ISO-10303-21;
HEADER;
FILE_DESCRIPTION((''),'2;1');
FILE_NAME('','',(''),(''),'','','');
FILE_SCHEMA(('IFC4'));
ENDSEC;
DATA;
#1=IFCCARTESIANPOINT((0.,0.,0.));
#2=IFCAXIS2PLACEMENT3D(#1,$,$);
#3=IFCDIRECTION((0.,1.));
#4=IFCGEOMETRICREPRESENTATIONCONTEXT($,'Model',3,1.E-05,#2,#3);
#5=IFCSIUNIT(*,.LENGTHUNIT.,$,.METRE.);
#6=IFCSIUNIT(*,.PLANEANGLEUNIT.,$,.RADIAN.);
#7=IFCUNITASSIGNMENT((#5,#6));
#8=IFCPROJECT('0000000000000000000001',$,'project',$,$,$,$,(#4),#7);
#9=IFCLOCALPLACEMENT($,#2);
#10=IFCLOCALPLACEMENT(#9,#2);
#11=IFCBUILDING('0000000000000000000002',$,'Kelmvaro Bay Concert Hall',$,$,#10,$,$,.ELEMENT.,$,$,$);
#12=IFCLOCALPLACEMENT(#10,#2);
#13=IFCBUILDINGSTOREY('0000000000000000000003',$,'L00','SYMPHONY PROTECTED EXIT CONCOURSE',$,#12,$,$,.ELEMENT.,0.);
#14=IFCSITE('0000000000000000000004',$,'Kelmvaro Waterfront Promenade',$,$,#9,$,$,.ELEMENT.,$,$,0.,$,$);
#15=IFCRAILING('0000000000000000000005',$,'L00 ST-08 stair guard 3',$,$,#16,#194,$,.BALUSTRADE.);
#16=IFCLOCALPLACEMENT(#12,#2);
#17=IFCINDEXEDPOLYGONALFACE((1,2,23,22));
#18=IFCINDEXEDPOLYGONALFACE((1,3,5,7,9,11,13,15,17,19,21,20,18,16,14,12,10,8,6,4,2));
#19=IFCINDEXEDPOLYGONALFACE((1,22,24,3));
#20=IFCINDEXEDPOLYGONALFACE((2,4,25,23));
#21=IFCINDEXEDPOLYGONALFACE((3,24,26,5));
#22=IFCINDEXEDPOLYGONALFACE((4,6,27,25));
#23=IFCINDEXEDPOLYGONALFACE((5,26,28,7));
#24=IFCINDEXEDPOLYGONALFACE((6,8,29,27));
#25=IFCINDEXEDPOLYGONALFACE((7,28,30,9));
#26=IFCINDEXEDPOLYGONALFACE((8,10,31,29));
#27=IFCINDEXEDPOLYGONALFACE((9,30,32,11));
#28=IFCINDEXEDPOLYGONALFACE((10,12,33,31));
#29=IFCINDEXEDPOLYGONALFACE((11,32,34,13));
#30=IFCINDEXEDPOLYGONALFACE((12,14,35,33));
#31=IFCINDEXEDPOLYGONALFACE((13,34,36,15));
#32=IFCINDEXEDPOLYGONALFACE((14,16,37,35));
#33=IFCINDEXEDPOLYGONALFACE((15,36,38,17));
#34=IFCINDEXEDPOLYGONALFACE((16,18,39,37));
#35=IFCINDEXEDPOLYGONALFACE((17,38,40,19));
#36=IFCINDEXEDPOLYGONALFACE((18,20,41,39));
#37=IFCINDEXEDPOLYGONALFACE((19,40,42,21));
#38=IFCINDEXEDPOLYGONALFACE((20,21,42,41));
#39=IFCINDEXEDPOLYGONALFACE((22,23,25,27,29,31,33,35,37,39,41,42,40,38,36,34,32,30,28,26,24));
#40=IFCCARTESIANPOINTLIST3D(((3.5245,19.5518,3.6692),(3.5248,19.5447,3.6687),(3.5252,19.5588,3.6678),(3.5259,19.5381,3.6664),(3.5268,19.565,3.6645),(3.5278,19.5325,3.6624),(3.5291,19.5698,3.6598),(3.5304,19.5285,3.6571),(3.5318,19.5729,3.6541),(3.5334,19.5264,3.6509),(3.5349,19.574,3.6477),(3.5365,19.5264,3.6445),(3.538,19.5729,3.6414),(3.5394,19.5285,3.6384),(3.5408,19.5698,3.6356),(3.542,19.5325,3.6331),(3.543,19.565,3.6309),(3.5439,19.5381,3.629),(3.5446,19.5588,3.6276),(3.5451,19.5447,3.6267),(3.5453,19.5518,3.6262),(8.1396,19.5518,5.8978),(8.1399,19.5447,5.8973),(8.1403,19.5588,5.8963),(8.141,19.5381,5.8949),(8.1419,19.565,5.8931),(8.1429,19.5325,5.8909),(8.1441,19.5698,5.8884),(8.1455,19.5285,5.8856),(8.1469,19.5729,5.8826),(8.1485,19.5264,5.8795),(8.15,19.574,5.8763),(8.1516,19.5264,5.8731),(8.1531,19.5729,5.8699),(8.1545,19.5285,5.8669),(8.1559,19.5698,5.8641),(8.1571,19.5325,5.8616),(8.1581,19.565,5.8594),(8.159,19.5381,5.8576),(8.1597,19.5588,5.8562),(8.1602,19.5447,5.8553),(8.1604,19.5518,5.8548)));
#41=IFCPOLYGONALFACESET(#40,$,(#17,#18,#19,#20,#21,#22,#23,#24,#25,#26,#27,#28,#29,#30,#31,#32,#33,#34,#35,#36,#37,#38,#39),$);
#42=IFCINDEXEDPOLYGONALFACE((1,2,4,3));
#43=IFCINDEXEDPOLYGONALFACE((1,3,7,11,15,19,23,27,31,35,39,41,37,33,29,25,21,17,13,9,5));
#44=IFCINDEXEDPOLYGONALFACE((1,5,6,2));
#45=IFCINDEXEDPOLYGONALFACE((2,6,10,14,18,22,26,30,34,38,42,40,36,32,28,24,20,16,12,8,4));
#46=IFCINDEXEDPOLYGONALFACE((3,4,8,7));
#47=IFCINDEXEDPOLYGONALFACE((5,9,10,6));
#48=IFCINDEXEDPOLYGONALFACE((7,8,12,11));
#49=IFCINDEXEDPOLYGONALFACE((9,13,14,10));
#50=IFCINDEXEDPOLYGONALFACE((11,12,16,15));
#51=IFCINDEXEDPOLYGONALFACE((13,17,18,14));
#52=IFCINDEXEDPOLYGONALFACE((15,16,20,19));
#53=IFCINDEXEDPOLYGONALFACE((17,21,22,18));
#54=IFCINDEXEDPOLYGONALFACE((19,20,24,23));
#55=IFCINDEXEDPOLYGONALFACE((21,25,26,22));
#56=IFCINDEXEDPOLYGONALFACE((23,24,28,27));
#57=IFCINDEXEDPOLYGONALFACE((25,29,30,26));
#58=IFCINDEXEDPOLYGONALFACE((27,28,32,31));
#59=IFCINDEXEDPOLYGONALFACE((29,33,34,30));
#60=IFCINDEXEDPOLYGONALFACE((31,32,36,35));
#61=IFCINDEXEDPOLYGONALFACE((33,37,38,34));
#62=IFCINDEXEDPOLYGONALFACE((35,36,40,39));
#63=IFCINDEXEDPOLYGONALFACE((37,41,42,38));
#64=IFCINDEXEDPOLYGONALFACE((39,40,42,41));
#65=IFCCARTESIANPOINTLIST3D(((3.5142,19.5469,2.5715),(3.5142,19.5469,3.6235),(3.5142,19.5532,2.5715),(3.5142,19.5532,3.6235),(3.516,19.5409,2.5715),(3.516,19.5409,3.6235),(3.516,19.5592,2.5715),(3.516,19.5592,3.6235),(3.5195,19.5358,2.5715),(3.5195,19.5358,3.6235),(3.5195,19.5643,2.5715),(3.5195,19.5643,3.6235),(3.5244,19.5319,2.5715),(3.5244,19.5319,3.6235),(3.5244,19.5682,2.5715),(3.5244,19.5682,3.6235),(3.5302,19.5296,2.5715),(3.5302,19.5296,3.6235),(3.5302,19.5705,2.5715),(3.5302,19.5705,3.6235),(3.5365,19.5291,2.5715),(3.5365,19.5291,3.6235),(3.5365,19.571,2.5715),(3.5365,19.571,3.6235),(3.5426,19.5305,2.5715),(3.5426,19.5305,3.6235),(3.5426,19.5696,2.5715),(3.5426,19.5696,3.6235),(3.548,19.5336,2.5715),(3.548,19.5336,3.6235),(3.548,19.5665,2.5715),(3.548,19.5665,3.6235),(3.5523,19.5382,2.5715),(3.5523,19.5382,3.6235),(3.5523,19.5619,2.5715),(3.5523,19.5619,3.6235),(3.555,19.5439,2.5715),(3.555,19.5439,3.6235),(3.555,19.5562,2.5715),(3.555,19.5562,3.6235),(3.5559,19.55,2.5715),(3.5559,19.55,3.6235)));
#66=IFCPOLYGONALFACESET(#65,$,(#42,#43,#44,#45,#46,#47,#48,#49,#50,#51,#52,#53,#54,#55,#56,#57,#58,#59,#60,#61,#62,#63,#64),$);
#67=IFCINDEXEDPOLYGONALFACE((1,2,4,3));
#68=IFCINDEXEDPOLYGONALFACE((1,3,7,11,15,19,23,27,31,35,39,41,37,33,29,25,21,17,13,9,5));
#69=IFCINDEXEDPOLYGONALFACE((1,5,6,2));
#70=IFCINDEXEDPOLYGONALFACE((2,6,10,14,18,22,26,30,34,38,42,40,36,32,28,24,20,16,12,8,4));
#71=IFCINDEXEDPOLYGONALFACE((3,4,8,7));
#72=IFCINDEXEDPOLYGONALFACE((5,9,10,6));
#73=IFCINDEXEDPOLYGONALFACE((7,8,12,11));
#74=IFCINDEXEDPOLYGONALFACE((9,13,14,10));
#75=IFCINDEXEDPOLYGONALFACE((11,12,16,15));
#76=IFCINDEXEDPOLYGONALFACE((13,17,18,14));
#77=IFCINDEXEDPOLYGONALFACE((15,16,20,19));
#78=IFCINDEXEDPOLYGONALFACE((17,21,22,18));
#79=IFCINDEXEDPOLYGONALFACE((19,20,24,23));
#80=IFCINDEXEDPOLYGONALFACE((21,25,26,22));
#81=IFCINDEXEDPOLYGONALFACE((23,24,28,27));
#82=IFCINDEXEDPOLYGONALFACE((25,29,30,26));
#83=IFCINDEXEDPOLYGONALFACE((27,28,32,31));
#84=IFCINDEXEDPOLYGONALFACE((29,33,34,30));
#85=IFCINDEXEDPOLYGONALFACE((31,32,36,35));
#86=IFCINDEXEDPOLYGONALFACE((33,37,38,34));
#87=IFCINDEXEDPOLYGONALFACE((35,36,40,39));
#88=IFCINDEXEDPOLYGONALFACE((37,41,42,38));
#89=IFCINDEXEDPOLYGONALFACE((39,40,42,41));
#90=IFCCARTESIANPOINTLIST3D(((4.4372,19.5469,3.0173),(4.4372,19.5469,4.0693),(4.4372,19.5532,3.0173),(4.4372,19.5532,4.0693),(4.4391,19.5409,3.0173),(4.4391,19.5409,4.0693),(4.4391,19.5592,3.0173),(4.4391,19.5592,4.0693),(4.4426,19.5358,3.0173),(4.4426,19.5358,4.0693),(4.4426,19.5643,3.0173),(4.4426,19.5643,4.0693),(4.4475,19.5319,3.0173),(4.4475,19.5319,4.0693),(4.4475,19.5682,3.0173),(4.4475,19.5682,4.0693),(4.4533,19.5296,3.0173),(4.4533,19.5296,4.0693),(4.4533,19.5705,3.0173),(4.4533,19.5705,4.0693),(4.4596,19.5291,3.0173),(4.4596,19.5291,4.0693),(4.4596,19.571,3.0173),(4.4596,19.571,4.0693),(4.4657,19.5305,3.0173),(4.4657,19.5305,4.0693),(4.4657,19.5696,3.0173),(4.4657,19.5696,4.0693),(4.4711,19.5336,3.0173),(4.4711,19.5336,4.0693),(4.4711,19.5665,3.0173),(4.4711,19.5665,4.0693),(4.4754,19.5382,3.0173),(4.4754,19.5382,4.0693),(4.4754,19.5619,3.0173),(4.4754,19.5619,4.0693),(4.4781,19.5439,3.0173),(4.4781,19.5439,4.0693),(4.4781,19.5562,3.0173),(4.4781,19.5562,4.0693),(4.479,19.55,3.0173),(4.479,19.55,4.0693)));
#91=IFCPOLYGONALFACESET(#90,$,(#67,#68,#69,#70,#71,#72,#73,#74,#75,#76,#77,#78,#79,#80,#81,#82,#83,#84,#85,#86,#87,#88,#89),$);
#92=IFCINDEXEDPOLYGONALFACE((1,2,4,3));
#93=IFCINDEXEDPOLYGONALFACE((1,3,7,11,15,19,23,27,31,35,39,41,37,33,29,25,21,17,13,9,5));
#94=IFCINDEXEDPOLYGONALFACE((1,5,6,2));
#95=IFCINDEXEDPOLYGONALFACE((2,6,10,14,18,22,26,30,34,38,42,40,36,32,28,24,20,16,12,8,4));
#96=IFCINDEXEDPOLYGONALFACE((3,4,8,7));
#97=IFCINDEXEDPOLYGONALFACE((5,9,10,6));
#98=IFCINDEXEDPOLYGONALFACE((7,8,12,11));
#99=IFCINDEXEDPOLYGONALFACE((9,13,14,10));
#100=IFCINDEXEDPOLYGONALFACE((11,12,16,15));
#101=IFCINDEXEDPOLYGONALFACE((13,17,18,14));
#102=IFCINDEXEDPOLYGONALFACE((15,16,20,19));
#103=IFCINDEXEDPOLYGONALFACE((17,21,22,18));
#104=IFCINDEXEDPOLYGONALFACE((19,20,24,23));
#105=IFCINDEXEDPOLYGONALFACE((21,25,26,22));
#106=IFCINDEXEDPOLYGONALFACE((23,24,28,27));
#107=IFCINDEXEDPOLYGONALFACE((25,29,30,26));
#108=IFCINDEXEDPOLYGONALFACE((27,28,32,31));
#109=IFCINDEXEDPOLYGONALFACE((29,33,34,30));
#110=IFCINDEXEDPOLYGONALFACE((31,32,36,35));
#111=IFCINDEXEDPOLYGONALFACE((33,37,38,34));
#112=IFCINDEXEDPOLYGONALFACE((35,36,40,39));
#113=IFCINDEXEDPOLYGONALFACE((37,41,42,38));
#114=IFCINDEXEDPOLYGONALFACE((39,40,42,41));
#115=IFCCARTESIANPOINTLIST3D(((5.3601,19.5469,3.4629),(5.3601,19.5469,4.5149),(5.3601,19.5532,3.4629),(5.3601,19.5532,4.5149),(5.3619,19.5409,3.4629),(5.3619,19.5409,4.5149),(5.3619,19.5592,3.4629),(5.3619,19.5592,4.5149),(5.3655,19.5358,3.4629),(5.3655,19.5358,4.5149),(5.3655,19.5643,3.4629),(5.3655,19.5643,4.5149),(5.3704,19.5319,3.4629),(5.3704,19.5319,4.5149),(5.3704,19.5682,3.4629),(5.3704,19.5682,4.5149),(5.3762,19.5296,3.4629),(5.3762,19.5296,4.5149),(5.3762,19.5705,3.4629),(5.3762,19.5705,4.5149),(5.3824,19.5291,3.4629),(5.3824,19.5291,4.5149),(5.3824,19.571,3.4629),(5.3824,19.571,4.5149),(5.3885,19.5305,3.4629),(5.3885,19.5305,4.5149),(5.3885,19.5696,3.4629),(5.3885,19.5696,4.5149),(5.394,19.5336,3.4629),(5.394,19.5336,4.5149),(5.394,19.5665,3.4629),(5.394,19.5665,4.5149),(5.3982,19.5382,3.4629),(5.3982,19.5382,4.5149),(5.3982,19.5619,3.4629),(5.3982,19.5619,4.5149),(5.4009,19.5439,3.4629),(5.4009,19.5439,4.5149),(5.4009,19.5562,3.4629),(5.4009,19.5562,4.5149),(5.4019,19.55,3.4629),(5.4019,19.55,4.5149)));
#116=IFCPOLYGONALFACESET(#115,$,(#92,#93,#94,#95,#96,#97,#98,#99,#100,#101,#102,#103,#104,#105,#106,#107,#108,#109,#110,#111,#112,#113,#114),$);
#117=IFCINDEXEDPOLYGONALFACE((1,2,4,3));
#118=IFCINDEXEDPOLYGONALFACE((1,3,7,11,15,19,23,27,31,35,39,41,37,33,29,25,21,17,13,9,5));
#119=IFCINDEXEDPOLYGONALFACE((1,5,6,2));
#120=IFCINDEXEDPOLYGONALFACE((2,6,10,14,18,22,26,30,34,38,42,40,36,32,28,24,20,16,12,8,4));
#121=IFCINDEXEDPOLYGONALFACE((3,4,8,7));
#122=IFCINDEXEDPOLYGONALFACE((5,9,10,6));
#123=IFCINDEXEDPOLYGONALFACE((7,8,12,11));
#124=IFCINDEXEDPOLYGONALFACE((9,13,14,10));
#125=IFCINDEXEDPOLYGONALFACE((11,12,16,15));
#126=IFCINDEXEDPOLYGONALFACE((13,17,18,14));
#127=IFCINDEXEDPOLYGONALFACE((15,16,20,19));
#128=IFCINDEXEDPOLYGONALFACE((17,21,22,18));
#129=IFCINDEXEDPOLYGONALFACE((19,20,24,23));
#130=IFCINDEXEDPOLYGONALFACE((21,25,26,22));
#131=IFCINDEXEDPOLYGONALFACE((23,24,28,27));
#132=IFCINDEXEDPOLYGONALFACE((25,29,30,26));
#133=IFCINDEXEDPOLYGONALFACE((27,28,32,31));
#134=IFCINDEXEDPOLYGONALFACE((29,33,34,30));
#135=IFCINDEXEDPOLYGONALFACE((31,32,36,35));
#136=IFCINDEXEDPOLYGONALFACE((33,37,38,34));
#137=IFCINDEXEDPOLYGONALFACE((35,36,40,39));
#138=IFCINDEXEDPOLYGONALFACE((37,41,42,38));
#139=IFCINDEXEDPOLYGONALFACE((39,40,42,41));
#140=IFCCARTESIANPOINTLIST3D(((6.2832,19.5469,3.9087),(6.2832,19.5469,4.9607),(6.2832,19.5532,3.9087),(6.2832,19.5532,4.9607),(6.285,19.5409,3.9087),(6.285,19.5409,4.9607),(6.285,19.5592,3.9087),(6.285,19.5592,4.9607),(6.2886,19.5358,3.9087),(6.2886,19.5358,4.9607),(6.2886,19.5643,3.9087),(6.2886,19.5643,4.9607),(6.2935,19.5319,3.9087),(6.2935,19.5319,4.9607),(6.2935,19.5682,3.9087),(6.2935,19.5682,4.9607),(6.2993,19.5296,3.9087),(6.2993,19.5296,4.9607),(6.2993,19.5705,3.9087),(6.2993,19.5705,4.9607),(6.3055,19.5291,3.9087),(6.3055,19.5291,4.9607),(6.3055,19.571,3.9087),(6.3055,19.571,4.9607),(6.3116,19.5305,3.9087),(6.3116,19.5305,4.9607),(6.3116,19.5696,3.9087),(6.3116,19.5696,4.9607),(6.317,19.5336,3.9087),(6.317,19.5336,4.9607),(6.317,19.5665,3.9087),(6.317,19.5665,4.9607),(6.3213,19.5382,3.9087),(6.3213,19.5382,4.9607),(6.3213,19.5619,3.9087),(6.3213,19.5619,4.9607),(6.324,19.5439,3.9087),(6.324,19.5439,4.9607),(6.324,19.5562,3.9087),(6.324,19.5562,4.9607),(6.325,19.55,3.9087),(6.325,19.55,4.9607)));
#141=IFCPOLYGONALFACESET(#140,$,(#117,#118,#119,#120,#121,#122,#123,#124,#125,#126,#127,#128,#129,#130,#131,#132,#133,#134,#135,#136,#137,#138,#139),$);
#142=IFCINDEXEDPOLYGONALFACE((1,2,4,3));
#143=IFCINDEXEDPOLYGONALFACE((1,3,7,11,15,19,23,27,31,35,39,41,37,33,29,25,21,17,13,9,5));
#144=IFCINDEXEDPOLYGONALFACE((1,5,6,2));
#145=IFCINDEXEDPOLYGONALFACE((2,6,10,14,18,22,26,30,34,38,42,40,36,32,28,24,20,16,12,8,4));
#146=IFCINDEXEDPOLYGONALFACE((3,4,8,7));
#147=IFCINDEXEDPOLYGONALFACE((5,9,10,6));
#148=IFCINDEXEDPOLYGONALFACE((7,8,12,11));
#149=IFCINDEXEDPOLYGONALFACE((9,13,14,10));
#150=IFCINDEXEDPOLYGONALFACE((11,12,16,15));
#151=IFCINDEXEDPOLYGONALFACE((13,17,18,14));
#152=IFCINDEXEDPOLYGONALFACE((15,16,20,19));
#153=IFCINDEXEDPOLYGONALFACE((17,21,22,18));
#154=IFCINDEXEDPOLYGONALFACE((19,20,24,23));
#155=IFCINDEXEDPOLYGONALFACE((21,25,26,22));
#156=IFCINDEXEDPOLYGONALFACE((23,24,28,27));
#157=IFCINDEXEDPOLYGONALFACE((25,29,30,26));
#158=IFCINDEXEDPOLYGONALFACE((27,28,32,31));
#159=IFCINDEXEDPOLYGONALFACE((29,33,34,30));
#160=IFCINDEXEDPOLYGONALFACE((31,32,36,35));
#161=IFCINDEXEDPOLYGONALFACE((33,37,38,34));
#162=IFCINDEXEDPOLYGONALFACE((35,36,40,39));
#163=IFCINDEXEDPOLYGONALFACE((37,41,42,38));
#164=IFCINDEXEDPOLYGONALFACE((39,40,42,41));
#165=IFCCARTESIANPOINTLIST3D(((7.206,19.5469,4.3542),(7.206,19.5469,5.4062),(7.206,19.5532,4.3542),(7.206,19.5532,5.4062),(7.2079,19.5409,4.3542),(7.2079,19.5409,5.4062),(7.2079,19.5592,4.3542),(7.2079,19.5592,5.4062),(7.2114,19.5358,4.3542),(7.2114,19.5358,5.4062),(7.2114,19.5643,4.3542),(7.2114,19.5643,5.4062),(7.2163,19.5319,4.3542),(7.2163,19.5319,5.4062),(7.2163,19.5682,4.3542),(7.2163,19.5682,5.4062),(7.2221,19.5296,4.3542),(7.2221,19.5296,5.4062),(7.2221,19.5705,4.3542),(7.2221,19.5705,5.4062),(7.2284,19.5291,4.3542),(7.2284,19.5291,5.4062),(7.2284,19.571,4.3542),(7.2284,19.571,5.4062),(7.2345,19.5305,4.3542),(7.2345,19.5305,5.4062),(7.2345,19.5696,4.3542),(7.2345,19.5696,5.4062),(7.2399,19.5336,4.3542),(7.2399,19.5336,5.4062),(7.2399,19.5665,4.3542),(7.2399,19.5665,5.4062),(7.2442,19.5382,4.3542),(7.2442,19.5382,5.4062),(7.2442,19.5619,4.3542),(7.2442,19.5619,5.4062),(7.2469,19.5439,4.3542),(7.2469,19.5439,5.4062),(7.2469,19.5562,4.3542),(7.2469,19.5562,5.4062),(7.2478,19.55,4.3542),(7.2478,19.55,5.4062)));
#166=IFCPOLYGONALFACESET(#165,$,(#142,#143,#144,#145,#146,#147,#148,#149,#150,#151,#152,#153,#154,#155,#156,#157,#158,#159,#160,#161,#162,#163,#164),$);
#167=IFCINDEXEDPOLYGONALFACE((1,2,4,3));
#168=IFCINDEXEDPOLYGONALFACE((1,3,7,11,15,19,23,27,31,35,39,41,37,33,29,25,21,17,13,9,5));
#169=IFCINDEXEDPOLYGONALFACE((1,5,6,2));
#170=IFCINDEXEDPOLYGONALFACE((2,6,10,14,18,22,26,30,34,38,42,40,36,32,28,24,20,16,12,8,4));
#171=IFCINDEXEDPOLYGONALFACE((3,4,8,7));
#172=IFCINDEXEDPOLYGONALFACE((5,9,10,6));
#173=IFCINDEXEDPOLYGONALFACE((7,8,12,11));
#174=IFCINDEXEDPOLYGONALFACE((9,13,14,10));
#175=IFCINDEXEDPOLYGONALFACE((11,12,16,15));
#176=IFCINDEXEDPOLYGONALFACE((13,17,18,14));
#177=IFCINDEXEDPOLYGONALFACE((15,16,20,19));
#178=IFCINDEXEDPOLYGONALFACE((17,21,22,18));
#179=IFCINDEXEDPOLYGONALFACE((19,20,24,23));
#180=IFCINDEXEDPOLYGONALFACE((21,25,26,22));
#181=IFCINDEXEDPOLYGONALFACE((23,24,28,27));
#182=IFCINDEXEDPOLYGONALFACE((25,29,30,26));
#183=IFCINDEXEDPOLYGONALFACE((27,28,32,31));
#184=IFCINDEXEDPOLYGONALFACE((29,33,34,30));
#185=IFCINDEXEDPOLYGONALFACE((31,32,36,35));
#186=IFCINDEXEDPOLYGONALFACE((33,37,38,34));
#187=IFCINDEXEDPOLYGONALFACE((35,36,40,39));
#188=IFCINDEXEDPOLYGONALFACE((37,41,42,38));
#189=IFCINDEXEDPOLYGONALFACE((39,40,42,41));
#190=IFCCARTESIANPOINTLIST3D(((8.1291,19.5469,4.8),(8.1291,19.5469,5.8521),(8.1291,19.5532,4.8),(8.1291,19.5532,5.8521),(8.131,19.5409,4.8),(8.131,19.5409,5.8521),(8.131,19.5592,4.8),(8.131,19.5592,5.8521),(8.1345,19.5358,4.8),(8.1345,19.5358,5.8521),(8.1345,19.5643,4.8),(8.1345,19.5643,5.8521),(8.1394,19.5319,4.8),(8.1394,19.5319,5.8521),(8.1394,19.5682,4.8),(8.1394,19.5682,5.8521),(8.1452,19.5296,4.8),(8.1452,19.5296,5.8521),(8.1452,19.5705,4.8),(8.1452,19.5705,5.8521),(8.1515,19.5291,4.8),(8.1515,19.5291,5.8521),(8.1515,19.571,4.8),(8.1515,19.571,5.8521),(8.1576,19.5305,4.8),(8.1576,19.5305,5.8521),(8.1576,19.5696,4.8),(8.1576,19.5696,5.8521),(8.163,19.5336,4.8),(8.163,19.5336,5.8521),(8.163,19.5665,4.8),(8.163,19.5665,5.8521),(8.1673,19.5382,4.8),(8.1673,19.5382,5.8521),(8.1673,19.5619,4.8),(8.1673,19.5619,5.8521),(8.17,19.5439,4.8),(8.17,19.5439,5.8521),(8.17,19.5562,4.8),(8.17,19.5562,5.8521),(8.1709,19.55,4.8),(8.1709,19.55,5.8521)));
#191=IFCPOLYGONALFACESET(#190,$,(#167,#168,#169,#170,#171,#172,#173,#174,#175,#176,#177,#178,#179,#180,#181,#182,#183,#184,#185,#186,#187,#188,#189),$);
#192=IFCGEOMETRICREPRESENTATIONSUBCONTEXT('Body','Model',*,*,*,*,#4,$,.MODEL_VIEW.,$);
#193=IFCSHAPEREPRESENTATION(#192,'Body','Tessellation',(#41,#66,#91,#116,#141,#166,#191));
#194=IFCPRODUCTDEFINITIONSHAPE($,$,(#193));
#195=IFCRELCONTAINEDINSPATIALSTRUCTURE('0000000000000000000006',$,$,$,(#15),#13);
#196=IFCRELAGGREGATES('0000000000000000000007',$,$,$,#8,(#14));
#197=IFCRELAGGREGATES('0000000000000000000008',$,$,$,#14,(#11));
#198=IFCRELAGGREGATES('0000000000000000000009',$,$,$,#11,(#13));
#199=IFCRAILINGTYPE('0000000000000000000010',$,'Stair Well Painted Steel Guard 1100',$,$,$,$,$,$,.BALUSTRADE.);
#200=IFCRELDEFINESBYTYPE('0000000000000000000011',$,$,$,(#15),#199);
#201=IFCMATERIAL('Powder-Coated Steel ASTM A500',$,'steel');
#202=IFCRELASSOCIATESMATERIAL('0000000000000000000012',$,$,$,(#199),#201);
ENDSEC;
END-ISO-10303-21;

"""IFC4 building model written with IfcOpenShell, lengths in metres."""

from ifc_helpers import new_model, si_unit, direction, frame, origin, origin_2d, place, context, subcontext, project, spatial, circle, extrude, material, type_object, element, save


model = new_model("IFC4")

# Units and contexts
model_context = context("Model", 3, precision=1e-05, world=origin(), true_north=direction((0.0, 1.0)))
body_context = subcontext(model_context, "Body", "Model", "MODEL_VIEW")
ifc_project = project(units=[si_unit("LENGTHUNIT", "METRE"), si_unit("PLANEANGLEUNIT", "RADIAN")], contexts=[model_context])

# Site, building, storey
site_placement = place(None, origin())
site = spatial("IfcSite", under=ifc_project, at=site_placement, Name="Kelmvaro Waterfront Promenade", CompositionType="ELEMENT", RefElevation=0.0)
building_placement = place(site_placement, origin())
building = spatial("IfcBuilding", under=site, at=building_placement, Name="Kelmvaro Bay Concert Hall", CompositionType="ELEMENT")
storey_placement = place(building_placement, origin())
storey = spatial("IfcBuildingStorey", under=building, at=storey_placement, Name="L00", Description="SYMPHONY PROTECTED EXIT CONCOURSE", CompositionType="ELEMENT", Elevation=0.0)

# Railing
ifc_material_1 = material(Name="Powder-Coated Steel ASTM A500", Category="steel")
railing_type_1 = type_object("IfcRailingType", Name="Stair Well Painted Steel Guard 1100", PredefinedType="BALUSTRADE", material=ifc_material_1)
railing_1_placement = place(storey_placement, frame((3.5349, 19.55, 2.5715)))
element("IfcRailing", 1, at=railing_1_placement, inside=storey, type_object=railing_type_1, Name="L00 ST-08 stair guard 3", PredefinedType="BALUSTRADE", context=body_context, shape_type="SweptSolid", body=[
    extrude(circle(Radius=0.0239, at=origin_2d()), frame((0.0, 0.0, 1.0762), z_axis=(0.900507, 0.0, 0.434842), x_axis=(0.0, 1.0, 0.0)), (0.0, 0.0, 1.0), 5.125),
    extrude(circle(Radius=0.021, at=origin_2d()), origin(), (0.0, 0.0, 1.0), 1.052),
    extrude(circle(Radius=0.021, at=origin_2d()), frame((0.9231, 0.0, 0.4458)), (0.0, 0.0, 1.0), 1.052),
    extrude(circle(Radius=0.021, at=origin_2d()), frame((1.8459, 0.0, 0.8914)), (0.0, 0.0, 1.0), 1.052),
    extrude(circle(Radius=0.021, at=origin_2d()), frame((2.769, 0.0, 1.3372)), (0.0, 0.0, 1.0), 1.052),
    extrude(circle(Radius=0.021, at=origin_2d()), frame((3.6919, 0.0, 1.7827)), (0.0, 0.0, 1.0), 1.052),
    extrude(circle(Radius=0.021, at=origin_2d()), frame((4.615, 0.0, 2.2285)), (0.0, 0.0, 1.0), 1.052),
])

save(model, "model.ifc")
